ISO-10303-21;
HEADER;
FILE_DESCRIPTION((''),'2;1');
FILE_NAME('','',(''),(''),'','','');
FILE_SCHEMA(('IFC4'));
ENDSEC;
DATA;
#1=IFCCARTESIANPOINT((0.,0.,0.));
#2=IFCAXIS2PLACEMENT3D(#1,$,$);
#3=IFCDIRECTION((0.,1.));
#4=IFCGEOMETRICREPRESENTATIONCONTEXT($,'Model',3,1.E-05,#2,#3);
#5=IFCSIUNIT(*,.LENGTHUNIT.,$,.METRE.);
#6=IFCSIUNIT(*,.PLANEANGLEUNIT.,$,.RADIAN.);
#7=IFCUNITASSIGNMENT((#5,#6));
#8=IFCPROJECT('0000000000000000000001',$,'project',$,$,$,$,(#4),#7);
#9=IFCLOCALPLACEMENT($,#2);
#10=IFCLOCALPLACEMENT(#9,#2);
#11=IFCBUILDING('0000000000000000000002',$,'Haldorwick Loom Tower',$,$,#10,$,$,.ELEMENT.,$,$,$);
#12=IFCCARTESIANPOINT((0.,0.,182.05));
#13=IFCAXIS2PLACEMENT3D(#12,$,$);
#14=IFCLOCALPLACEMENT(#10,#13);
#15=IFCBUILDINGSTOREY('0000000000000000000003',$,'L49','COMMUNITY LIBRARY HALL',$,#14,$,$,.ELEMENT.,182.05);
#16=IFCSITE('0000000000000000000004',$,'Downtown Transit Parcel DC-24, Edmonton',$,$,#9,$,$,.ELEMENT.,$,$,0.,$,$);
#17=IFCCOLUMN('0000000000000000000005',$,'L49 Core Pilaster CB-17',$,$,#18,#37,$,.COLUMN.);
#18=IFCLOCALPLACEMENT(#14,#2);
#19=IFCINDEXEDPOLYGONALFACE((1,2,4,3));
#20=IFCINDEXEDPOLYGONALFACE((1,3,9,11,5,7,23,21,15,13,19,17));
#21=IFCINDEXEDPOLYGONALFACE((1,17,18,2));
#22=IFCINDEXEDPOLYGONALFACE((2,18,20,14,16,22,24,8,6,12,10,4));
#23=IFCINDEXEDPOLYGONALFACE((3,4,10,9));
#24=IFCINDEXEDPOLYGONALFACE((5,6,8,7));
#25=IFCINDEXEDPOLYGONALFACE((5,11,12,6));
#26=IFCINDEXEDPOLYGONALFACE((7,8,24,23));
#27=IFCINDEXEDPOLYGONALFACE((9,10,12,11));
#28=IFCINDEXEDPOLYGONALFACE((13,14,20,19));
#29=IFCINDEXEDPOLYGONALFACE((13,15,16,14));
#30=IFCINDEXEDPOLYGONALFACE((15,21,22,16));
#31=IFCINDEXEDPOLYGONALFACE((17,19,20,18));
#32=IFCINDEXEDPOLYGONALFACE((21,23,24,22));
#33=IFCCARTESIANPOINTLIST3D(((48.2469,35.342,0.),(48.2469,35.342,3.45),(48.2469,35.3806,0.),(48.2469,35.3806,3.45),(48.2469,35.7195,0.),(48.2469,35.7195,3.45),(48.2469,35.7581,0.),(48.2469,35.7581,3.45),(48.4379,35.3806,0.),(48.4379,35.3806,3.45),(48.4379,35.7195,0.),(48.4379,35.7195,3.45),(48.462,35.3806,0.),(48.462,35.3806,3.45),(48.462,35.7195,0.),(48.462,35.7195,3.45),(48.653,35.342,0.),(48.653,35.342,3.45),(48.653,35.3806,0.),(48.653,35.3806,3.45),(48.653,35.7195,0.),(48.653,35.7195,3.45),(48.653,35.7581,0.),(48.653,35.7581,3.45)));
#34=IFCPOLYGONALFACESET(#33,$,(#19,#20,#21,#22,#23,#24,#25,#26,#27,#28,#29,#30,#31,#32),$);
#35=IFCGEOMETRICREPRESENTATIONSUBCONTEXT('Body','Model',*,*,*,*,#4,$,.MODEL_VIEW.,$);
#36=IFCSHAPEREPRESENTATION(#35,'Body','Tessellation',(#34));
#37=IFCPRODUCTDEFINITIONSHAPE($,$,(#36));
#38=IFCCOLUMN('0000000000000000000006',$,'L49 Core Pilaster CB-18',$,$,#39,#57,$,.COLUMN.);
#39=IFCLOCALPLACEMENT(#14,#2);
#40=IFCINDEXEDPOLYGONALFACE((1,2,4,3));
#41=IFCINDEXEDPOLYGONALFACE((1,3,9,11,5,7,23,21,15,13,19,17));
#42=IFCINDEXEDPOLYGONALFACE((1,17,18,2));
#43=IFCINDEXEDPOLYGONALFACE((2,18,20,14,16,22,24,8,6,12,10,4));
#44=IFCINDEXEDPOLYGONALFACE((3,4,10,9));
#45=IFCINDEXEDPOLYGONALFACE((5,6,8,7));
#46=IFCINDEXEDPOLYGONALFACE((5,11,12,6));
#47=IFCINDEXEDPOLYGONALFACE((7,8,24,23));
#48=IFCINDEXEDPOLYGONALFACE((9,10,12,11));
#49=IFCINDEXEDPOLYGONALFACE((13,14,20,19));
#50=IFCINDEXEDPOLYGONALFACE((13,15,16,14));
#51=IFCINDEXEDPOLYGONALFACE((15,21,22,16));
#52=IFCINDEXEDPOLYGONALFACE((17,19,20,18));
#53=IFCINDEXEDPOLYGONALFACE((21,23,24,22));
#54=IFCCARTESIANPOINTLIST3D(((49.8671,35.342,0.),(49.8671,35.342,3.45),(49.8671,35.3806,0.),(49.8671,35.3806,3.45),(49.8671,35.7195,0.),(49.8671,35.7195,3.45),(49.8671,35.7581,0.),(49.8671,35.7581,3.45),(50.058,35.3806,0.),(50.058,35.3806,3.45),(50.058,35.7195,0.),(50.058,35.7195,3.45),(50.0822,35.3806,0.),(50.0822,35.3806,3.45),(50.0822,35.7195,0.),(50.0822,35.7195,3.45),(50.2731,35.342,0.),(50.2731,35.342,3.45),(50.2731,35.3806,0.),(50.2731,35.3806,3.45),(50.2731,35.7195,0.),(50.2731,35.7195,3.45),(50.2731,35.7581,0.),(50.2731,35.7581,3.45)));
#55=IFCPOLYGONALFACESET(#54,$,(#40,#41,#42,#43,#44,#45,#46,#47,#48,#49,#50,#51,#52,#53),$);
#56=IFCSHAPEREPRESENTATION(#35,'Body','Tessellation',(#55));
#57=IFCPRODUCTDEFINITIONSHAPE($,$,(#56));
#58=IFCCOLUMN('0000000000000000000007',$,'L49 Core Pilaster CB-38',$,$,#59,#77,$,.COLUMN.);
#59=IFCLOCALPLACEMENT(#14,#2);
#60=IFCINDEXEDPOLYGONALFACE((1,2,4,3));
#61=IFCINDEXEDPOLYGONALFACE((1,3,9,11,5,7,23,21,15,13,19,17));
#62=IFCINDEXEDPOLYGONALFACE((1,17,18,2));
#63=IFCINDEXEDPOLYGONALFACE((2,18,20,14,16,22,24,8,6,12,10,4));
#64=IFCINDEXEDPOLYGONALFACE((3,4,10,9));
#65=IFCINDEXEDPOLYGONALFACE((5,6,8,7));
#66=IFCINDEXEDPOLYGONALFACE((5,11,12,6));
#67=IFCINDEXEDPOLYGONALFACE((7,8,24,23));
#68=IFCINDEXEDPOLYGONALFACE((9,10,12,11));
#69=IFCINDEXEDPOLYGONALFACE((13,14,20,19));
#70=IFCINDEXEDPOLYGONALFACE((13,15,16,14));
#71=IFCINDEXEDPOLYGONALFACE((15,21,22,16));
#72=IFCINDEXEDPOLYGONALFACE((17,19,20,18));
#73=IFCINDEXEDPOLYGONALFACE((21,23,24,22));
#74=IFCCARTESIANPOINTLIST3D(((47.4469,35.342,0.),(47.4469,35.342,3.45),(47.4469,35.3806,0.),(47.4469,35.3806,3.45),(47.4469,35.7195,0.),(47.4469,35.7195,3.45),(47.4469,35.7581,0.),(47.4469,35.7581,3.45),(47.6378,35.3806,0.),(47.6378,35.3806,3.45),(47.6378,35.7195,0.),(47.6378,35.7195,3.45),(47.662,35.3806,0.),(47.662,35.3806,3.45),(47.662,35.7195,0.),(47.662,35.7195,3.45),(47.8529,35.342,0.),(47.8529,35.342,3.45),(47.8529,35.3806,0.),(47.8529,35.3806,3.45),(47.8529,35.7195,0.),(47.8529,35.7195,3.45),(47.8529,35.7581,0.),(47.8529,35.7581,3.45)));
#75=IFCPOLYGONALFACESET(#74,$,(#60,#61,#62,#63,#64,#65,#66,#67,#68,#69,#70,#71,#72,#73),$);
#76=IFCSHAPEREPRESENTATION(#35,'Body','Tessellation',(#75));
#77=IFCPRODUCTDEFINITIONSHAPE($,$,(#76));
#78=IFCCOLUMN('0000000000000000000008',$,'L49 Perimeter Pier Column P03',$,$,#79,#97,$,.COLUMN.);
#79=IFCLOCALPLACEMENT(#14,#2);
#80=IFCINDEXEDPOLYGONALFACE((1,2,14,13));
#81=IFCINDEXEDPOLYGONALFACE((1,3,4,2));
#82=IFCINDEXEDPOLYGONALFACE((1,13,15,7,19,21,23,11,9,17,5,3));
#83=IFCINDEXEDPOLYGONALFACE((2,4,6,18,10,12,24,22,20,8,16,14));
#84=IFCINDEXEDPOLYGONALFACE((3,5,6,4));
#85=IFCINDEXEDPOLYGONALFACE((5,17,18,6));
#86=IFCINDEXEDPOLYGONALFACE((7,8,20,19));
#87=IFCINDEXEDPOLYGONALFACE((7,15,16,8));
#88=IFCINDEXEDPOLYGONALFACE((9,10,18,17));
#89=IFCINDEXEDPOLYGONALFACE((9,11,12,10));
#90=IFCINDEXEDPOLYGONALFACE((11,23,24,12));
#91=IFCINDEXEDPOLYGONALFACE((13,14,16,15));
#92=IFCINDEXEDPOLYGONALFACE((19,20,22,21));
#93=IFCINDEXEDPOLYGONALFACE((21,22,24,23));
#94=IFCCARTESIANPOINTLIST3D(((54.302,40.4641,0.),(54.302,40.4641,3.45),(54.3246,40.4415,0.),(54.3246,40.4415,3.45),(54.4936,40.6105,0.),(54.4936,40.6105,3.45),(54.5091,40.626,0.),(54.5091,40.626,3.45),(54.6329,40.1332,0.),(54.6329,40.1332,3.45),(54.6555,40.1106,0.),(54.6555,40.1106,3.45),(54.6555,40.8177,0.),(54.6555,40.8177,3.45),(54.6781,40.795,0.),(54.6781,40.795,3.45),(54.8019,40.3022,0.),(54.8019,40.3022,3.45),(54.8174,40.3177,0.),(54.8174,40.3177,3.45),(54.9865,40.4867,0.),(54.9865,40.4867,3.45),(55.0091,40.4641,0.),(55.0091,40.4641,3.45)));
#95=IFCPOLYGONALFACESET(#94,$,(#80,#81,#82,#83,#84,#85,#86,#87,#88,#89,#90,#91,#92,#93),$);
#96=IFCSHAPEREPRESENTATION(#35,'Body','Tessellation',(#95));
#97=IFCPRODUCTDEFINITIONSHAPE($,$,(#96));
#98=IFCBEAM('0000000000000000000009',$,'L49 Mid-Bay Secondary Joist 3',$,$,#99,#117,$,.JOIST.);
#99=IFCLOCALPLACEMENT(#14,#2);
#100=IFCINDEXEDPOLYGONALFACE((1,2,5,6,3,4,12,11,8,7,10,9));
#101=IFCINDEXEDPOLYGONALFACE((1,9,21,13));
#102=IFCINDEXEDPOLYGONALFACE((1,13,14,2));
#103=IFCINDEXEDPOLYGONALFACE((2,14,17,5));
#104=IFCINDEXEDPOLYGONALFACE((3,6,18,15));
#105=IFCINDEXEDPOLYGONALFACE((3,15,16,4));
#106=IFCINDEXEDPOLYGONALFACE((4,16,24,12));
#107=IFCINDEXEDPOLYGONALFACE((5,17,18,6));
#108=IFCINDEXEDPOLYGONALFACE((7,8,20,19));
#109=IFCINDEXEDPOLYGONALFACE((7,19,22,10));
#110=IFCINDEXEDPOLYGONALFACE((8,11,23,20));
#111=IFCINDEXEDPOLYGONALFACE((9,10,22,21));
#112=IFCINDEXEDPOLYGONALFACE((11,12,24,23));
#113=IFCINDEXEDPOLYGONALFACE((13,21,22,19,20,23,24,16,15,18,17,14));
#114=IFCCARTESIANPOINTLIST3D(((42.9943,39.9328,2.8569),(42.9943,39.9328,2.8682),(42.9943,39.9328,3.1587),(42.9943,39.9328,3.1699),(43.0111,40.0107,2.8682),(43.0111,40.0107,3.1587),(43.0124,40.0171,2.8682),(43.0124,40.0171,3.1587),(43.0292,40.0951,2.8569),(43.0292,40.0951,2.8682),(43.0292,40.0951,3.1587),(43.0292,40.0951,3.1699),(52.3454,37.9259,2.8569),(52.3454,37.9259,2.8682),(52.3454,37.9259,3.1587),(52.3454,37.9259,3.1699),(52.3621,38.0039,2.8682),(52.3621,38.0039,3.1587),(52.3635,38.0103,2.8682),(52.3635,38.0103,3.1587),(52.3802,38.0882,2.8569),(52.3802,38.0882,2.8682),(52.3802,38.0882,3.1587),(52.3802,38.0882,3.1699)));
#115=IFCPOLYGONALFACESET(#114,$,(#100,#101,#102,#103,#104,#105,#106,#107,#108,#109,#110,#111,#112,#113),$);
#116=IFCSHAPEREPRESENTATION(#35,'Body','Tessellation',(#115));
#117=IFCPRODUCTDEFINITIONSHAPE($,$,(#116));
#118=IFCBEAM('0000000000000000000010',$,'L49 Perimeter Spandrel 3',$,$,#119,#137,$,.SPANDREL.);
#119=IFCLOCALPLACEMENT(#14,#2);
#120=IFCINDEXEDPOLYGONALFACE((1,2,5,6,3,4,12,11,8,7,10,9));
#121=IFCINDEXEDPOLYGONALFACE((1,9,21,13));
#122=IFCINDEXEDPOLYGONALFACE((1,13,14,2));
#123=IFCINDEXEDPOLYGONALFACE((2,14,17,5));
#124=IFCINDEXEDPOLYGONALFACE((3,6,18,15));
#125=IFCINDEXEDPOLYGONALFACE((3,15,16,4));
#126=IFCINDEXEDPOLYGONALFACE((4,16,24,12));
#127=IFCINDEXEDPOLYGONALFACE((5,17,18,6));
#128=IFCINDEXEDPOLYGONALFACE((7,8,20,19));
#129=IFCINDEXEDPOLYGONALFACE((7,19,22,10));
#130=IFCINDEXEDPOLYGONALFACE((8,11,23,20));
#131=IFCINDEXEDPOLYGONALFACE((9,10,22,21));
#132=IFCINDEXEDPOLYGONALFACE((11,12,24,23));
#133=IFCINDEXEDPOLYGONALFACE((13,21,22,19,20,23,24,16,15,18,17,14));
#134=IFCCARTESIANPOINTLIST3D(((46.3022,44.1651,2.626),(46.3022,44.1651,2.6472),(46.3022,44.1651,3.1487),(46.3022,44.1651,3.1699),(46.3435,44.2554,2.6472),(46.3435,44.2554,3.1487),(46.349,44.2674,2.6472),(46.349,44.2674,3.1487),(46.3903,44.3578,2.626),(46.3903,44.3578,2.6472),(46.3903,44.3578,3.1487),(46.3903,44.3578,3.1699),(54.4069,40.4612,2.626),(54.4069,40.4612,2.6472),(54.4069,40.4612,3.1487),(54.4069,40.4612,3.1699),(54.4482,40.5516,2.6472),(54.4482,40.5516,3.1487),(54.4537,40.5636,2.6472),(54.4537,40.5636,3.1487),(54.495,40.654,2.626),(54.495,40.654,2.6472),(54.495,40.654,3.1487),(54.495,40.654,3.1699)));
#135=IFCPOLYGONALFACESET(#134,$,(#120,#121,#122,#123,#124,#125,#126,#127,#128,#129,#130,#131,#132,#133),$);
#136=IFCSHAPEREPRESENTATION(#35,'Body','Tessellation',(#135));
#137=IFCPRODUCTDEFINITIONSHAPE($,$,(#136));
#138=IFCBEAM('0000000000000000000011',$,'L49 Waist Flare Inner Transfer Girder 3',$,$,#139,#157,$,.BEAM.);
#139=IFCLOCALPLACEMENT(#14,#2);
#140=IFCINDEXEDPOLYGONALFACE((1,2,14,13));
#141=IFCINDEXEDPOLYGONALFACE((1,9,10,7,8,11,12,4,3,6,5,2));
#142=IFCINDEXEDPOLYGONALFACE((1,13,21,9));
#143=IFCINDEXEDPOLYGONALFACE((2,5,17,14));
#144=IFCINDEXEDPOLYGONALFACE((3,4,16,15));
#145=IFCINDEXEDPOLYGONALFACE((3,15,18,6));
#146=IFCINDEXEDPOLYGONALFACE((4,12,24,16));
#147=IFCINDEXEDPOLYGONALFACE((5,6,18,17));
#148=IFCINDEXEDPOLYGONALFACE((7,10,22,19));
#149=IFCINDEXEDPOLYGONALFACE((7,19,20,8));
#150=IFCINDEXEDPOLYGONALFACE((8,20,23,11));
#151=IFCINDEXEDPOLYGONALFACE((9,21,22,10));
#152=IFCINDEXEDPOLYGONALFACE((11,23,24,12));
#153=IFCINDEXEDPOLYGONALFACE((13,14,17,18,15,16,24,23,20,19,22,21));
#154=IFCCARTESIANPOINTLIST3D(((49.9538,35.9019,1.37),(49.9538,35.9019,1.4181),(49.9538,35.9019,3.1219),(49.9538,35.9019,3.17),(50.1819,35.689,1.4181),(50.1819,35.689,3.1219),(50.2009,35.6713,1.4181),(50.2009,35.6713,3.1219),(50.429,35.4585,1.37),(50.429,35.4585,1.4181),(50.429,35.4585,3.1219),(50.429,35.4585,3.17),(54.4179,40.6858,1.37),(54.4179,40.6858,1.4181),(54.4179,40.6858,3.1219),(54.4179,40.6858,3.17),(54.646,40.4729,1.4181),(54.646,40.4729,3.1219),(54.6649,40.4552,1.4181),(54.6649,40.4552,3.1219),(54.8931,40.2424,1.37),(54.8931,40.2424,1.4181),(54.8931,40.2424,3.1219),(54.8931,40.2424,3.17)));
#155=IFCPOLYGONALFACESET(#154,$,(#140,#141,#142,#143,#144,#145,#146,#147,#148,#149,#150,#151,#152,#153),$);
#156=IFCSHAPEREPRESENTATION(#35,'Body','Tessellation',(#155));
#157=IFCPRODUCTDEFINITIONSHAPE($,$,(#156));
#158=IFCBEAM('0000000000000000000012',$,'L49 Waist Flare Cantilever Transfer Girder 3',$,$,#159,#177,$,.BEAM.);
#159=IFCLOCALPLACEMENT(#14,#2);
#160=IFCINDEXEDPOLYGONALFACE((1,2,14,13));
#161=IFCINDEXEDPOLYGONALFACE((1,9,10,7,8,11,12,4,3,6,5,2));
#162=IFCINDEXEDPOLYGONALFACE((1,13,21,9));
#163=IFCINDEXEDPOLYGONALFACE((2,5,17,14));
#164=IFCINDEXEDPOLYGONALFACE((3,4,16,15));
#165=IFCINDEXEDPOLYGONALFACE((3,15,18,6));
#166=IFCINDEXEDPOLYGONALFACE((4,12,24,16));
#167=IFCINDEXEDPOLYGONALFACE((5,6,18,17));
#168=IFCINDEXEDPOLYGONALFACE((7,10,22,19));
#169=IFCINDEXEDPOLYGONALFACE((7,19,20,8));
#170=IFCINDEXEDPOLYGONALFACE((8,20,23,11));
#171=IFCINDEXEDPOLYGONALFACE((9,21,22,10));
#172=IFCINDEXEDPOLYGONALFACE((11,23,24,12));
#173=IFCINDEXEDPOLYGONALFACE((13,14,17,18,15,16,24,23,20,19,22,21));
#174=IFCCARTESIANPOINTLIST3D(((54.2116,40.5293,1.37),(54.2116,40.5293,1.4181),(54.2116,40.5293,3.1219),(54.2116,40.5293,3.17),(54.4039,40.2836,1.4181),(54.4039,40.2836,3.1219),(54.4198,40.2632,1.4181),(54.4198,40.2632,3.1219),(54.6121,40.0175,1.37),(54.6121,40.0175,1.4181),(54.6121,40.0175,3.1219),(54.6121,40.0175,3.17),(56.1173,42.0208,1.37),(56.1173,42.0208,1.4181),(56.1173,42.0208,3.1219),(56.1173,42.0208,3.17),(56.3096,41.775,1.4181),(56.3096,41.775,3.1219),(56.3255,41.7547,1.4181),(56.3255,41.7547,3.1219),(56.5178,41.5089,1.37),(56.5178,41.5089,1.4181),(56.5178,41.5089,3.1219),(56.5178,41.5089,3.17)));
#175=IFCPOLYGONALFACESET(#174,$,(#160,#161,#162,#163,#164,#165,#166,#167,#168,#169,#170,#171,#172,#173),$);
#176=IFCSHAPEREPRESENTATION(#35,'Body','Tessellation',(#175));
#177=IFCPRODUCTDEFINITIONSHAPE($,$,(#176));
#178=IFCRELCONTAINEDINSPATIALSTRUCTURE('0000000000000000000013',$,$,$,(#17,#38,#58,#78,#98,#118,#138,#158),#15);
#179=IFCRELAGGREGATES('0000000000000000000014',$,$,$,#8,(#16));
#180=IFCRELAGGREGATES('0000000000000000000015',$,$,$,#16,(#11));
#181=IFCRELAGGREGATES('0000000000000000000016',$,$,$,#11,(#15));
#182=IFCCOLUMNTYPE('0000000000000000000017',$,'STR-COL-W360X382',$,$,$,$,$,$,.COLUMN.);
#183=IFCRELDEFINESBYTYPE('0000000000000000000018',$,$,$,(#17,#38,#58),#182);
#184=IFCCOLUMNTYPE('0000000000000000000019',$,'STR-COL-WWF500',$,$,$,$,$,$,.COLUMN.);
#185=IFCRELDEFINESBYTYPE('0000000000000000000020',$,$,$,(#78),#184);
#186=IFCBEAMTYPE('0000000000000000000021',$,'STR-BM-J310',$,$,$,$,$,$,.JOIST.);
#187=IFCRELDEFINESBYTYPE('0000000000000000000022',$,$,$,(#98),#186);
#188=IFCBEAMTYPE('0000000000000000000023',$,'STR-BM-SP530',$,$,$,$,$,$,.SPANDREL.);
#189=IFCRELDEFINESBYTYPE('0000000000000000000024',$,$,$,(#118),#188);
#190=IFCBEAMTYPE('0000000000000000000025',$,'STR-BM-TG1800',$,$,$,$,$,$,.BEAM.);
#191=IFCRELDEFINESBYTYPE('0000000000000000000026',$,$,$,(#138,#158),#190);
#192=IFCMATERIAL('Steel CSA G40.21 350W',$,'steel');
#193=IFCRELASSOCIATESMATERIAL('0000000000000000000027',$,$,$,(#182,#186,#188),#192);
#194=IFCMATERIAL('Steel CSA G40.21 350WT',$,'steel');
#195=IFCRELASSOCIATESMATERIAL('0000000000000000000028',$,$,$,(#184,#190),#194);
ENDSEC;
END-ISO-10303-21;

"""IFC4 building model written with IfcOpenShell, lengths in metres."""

from ifc_helpers import new_model, si_unit, direction, frame, origin, origin_2d, place, context, subcontext, project, spatial, i_section, extrude, material, material_profile, profile_set, type_object, element, save


model = new_model("IFC4")

# Units and contexts
model_context = context("Model", 3, precision=1e-05, world=origin(), true_north=direction((0.0, 1.0)))
body_context = subcontext(model_context, "Body", "Model", "MODEL_VIEW")
ifc_project = project(units=[si_unit("LENGTHUNIT", "METRE"), si_unit("PLANEANGLEUNIT", "RADIAN")], contexts=[model_context])

# Site, building, storey
site_placement = place(None, origin())
site = spatial("IfcSite", under=ifc_project, at=site_placement, Name="Downtown Transit Parcel DC-24, Edmonton", CompositionType="ELEMENT", RefElevation=0.0)
building_placement = place(site_placement, origin())
building = spatial("IfcBuilding", under=site, at=building_placement, Name="Haldorwick Loom Tower", CompositionType="ELEMENT")
storey_placement = place(building_placement, frame((0.0, 0.0, 182.05)))
storey = spatial("IfcBuildingStorey", under=building, at=storey_placement, Name="L49", Description="COMMUNITY LIBRARY HALL", CompositionType="ELEMENT", Elevation=182.05)

# Columns
ifc_material_1 = material(Name="Steel CSA G40.21 350W", Category="steel")
ifc_material_profile_1 = material_profile(ifc_material_1, i_section(OverallWidth=0.406, OverallDepth=0.416, WebThickness=0.0242, FlangeThickness=0.0386, at=origin_2d()), Name="W360X382", Category="steel")
ifc_profile_set_1 = profile_set([ifc_material_profile_1], Name="Steel CSA G40.21 350W")
column_type_1 = type_object("IfcColumnType", Name="STR-COL-W360X382", PredefinedType="COLUMN", material=ifc_profile_set_1)
for number, where, z_axis, x_axis, name in (
    (1, (48.45, 35.55, 0.0), (0.0, 0.0, 1.0), (1.0, 0.0, 0.0), "L49 Core Pilaster CB-17"),
    (2, (50.0701, 35.55, 0.0), (0.0, 0.0, 1.0), (1.0, 0.0, 0.0), "L49 Core Pilaster CB-18"),
    (3, (47.6499, 35.55, 0.0), (0.0, 0.0, 1.0), (1.0, 0.0, 0.0), "L49 Core Pilaster CB-38"),
):
    element("IfcColumn", number, at=place(storey_placement, frame(where, z_axis=z_axis, x_axis=x_axis)), inside=storey, type_object=column_type_1, Name=name, PredefinedType="COLUMN", context=body_context, shape_type="SweptSolid", body=[
        extrude(i_section(OverallWidth=0.406, OverallDepth=0.416, WebThickness=0.0242, FlangeThickness=0.0386, at=origin_2d()), origin(), (0.0, 0.0, 1.0), 3.45),
    ])
ifc_material_2 = material(Name="Steel CSA G40.21 350WT", Category="steel")
ifc_material_profile_2 = material_profile(ifc_material_2, i_section(OverallWidth=0.5, OverallDepth=0.5, WebThickness=0.022, FlangeThickness=0.032, at=origin_2d()), Name="WWF500X500", Category="steel")
ifc_profile_set_2 = profile_set([ifc_material_profile_2], Name="Steel CSA G40.21 350WT")
column_type_2 = type_object("IfcColumnType", Name="STR-COL-WWF500", PredefinedType="COLUMN", material=ifc_profile_set_2)
column_placement = place(storey_placement, frame((54.6555, 40.4641, 0.0), z_axis=(0.0, 0.0, 1.0), x_axis=(0.707107, 0.707107, 0.0)))
element("IfcColumn", 4, at=column_placement, inside=storey, type_object=column_type_2, Name="L49 Perimeter Pier Column P03", PredefinedType="COLUMN", context=body_context, shape_type="SweptSolid", body=[
    extrude(i_section(OverallWidth=0.5, OverallDepth=0.5, WebThickness=0.022, FlangeThickness=0.032, at=origin_2d()), origin(), (0.0, 0.0, 1.0), 3.45),
])

# Beams
ifc_material_profile_3 = material_profile(ifc_material_1, i_section(OverallWidth=0.166, OverallDepth=0.313, WebThickness=0.0066, FlangeThickness=0.0112, at=origin_2d()), Name="W310X45", Category="steel")
ifc_profile_set_3 = profile_set([ifc_material_profile_3], Name="Steel CSA G40.21 350W")
beam_type_1 = type_object("IfcBeamType", Name="STR-BM-J310", PredefinedType="JOIST", material=ifc_profile_set_3)
beam_1_placement = place(storey_placement, frame((52.3628, 38.0071, 3.0134), z_axis=(-0.977737, 0.209832, 0.0), x_axis=(-0.209832, -0.977737, 0.0)))
element("IfcBeam", 5, at=beam_1_placement, inside=storey, type_object=beam_type_1, Name="L49 Mid-Bay Secondary Joist 3", PredefinedType="JOIST", context=body_context, shape_type="SweptSolid", body=[
    extrude(i_section(OverallWidth=0.166, OverallDepth=0.313, WebThickness=0.0066, FlangeThickness=0.0112, at=origin_2d()), origin(), (0.0, 0.0, 1.0), 9.564),
])
ifc_material_profile_4 = material_profile(ifc_material_1, i_section(OverallWidth=0.2119, OverallDepth=0.5439, WebThickness=0.0132, FlangeThickness=0.0212, at=origin_2d()), Name="W530X123", Category="steel")
ifc_profile_set_4 = profile_set([ifc_material_profile_4], Name="Steel CSA G40.21 350W")
beam_type_2 = type_object("IfcBeamType", Name="STR-BM-SP530", PredefinedType="SPANDREL", material=ifc_profile_set_4)
beam_2_placement = place(storey_placement, frame((54.4509, 40.5576, 2.8979), z_axis=(-0.909524, 0.415652, 0.0), x_axis=(-0.415652, -0.909524, 0.0)))
element("IfcBeam", 6, at=beam_2_placement, inside=storey, type_object=beam_type_2, Name="L49 Perimeter Spandrel 3", PredefinedType="SPANDREL", context=body_context, shape_type="SweptSolid", body=[
    extrude(i_section(OverallWidth=0.2119, OverallDepth=0.5439, WebThickness=0.0132, FlangeThickness=0.0212, at=origin_2d()), origin(), (0.0, 0.0, 1.0), 8.9109),
])
ifc_material_profile_5 = material_profile(ifc_material_2, i_section(OverallWidth=0.6499, OverallDepth=1.8, WebThickness=0.0259, FlangeThickness=0.0481, at=origin_2d()), Name="WWF1800X650", Category="steel")
ifc_profile_set_5 = profile_set([ifc_material_profile_5], Name="Steel CSA G40.21 350WT")
beam_type_3 = type_object("IfcBeamType", Name="STR-BM-TG1800", PredefinedType="BEAM", material=ifc_profile_set_5)
beam_3_placement = place(storey_placement, frame((50.1914, 35.6802, 2.27), z_axis=(0.682245, 0.731124, 0.0), x_axis=(-0.731124, 0.682245, 0.0)))
element("IfcBeam", 7, at=beam_3_placement, inside=storey, type_object=beam_type_3, Name="L49 Waist Flare Inner Transfer Girder 3", PredefinedType="BEAM", context=body_context, shape_type="SweptSolid", body=[
    extrude(i_section(OverallWidth=0.6499, OverallDepth=1.8, WebThickness=0.0259, FlangeThickness=0.0481, at=origin_2d()), origin(), (0.0, 0.0, 1.0), 6.5432),
])
beam_4_placement = place(storey_placement, frame((54.4119, 40.2734, 2.27), z_axis=(0.787507, 0.616306, 0.0), x_axis=(-0.616306, 0.787507, 0.0)))
element("IfcBeam", 8, at=beam_4_placement, inside=storey, type_object=beam_type_3, Name="L49 Waist Flare Cantilever Transfer Girder 3", PredefinedType="BEAM", context=body_context, shape_type="SweptSolid", body=[
    extrude(i_section(OverallWidth=0.6499, OverallDepth=1.8, WebThickness=0.0259, FlangeThickness=0.0481, at=origin_2d()), origin(), (0.0, 0.0, 1.0), 2.4199),
])

save(model, "model.ifc")
